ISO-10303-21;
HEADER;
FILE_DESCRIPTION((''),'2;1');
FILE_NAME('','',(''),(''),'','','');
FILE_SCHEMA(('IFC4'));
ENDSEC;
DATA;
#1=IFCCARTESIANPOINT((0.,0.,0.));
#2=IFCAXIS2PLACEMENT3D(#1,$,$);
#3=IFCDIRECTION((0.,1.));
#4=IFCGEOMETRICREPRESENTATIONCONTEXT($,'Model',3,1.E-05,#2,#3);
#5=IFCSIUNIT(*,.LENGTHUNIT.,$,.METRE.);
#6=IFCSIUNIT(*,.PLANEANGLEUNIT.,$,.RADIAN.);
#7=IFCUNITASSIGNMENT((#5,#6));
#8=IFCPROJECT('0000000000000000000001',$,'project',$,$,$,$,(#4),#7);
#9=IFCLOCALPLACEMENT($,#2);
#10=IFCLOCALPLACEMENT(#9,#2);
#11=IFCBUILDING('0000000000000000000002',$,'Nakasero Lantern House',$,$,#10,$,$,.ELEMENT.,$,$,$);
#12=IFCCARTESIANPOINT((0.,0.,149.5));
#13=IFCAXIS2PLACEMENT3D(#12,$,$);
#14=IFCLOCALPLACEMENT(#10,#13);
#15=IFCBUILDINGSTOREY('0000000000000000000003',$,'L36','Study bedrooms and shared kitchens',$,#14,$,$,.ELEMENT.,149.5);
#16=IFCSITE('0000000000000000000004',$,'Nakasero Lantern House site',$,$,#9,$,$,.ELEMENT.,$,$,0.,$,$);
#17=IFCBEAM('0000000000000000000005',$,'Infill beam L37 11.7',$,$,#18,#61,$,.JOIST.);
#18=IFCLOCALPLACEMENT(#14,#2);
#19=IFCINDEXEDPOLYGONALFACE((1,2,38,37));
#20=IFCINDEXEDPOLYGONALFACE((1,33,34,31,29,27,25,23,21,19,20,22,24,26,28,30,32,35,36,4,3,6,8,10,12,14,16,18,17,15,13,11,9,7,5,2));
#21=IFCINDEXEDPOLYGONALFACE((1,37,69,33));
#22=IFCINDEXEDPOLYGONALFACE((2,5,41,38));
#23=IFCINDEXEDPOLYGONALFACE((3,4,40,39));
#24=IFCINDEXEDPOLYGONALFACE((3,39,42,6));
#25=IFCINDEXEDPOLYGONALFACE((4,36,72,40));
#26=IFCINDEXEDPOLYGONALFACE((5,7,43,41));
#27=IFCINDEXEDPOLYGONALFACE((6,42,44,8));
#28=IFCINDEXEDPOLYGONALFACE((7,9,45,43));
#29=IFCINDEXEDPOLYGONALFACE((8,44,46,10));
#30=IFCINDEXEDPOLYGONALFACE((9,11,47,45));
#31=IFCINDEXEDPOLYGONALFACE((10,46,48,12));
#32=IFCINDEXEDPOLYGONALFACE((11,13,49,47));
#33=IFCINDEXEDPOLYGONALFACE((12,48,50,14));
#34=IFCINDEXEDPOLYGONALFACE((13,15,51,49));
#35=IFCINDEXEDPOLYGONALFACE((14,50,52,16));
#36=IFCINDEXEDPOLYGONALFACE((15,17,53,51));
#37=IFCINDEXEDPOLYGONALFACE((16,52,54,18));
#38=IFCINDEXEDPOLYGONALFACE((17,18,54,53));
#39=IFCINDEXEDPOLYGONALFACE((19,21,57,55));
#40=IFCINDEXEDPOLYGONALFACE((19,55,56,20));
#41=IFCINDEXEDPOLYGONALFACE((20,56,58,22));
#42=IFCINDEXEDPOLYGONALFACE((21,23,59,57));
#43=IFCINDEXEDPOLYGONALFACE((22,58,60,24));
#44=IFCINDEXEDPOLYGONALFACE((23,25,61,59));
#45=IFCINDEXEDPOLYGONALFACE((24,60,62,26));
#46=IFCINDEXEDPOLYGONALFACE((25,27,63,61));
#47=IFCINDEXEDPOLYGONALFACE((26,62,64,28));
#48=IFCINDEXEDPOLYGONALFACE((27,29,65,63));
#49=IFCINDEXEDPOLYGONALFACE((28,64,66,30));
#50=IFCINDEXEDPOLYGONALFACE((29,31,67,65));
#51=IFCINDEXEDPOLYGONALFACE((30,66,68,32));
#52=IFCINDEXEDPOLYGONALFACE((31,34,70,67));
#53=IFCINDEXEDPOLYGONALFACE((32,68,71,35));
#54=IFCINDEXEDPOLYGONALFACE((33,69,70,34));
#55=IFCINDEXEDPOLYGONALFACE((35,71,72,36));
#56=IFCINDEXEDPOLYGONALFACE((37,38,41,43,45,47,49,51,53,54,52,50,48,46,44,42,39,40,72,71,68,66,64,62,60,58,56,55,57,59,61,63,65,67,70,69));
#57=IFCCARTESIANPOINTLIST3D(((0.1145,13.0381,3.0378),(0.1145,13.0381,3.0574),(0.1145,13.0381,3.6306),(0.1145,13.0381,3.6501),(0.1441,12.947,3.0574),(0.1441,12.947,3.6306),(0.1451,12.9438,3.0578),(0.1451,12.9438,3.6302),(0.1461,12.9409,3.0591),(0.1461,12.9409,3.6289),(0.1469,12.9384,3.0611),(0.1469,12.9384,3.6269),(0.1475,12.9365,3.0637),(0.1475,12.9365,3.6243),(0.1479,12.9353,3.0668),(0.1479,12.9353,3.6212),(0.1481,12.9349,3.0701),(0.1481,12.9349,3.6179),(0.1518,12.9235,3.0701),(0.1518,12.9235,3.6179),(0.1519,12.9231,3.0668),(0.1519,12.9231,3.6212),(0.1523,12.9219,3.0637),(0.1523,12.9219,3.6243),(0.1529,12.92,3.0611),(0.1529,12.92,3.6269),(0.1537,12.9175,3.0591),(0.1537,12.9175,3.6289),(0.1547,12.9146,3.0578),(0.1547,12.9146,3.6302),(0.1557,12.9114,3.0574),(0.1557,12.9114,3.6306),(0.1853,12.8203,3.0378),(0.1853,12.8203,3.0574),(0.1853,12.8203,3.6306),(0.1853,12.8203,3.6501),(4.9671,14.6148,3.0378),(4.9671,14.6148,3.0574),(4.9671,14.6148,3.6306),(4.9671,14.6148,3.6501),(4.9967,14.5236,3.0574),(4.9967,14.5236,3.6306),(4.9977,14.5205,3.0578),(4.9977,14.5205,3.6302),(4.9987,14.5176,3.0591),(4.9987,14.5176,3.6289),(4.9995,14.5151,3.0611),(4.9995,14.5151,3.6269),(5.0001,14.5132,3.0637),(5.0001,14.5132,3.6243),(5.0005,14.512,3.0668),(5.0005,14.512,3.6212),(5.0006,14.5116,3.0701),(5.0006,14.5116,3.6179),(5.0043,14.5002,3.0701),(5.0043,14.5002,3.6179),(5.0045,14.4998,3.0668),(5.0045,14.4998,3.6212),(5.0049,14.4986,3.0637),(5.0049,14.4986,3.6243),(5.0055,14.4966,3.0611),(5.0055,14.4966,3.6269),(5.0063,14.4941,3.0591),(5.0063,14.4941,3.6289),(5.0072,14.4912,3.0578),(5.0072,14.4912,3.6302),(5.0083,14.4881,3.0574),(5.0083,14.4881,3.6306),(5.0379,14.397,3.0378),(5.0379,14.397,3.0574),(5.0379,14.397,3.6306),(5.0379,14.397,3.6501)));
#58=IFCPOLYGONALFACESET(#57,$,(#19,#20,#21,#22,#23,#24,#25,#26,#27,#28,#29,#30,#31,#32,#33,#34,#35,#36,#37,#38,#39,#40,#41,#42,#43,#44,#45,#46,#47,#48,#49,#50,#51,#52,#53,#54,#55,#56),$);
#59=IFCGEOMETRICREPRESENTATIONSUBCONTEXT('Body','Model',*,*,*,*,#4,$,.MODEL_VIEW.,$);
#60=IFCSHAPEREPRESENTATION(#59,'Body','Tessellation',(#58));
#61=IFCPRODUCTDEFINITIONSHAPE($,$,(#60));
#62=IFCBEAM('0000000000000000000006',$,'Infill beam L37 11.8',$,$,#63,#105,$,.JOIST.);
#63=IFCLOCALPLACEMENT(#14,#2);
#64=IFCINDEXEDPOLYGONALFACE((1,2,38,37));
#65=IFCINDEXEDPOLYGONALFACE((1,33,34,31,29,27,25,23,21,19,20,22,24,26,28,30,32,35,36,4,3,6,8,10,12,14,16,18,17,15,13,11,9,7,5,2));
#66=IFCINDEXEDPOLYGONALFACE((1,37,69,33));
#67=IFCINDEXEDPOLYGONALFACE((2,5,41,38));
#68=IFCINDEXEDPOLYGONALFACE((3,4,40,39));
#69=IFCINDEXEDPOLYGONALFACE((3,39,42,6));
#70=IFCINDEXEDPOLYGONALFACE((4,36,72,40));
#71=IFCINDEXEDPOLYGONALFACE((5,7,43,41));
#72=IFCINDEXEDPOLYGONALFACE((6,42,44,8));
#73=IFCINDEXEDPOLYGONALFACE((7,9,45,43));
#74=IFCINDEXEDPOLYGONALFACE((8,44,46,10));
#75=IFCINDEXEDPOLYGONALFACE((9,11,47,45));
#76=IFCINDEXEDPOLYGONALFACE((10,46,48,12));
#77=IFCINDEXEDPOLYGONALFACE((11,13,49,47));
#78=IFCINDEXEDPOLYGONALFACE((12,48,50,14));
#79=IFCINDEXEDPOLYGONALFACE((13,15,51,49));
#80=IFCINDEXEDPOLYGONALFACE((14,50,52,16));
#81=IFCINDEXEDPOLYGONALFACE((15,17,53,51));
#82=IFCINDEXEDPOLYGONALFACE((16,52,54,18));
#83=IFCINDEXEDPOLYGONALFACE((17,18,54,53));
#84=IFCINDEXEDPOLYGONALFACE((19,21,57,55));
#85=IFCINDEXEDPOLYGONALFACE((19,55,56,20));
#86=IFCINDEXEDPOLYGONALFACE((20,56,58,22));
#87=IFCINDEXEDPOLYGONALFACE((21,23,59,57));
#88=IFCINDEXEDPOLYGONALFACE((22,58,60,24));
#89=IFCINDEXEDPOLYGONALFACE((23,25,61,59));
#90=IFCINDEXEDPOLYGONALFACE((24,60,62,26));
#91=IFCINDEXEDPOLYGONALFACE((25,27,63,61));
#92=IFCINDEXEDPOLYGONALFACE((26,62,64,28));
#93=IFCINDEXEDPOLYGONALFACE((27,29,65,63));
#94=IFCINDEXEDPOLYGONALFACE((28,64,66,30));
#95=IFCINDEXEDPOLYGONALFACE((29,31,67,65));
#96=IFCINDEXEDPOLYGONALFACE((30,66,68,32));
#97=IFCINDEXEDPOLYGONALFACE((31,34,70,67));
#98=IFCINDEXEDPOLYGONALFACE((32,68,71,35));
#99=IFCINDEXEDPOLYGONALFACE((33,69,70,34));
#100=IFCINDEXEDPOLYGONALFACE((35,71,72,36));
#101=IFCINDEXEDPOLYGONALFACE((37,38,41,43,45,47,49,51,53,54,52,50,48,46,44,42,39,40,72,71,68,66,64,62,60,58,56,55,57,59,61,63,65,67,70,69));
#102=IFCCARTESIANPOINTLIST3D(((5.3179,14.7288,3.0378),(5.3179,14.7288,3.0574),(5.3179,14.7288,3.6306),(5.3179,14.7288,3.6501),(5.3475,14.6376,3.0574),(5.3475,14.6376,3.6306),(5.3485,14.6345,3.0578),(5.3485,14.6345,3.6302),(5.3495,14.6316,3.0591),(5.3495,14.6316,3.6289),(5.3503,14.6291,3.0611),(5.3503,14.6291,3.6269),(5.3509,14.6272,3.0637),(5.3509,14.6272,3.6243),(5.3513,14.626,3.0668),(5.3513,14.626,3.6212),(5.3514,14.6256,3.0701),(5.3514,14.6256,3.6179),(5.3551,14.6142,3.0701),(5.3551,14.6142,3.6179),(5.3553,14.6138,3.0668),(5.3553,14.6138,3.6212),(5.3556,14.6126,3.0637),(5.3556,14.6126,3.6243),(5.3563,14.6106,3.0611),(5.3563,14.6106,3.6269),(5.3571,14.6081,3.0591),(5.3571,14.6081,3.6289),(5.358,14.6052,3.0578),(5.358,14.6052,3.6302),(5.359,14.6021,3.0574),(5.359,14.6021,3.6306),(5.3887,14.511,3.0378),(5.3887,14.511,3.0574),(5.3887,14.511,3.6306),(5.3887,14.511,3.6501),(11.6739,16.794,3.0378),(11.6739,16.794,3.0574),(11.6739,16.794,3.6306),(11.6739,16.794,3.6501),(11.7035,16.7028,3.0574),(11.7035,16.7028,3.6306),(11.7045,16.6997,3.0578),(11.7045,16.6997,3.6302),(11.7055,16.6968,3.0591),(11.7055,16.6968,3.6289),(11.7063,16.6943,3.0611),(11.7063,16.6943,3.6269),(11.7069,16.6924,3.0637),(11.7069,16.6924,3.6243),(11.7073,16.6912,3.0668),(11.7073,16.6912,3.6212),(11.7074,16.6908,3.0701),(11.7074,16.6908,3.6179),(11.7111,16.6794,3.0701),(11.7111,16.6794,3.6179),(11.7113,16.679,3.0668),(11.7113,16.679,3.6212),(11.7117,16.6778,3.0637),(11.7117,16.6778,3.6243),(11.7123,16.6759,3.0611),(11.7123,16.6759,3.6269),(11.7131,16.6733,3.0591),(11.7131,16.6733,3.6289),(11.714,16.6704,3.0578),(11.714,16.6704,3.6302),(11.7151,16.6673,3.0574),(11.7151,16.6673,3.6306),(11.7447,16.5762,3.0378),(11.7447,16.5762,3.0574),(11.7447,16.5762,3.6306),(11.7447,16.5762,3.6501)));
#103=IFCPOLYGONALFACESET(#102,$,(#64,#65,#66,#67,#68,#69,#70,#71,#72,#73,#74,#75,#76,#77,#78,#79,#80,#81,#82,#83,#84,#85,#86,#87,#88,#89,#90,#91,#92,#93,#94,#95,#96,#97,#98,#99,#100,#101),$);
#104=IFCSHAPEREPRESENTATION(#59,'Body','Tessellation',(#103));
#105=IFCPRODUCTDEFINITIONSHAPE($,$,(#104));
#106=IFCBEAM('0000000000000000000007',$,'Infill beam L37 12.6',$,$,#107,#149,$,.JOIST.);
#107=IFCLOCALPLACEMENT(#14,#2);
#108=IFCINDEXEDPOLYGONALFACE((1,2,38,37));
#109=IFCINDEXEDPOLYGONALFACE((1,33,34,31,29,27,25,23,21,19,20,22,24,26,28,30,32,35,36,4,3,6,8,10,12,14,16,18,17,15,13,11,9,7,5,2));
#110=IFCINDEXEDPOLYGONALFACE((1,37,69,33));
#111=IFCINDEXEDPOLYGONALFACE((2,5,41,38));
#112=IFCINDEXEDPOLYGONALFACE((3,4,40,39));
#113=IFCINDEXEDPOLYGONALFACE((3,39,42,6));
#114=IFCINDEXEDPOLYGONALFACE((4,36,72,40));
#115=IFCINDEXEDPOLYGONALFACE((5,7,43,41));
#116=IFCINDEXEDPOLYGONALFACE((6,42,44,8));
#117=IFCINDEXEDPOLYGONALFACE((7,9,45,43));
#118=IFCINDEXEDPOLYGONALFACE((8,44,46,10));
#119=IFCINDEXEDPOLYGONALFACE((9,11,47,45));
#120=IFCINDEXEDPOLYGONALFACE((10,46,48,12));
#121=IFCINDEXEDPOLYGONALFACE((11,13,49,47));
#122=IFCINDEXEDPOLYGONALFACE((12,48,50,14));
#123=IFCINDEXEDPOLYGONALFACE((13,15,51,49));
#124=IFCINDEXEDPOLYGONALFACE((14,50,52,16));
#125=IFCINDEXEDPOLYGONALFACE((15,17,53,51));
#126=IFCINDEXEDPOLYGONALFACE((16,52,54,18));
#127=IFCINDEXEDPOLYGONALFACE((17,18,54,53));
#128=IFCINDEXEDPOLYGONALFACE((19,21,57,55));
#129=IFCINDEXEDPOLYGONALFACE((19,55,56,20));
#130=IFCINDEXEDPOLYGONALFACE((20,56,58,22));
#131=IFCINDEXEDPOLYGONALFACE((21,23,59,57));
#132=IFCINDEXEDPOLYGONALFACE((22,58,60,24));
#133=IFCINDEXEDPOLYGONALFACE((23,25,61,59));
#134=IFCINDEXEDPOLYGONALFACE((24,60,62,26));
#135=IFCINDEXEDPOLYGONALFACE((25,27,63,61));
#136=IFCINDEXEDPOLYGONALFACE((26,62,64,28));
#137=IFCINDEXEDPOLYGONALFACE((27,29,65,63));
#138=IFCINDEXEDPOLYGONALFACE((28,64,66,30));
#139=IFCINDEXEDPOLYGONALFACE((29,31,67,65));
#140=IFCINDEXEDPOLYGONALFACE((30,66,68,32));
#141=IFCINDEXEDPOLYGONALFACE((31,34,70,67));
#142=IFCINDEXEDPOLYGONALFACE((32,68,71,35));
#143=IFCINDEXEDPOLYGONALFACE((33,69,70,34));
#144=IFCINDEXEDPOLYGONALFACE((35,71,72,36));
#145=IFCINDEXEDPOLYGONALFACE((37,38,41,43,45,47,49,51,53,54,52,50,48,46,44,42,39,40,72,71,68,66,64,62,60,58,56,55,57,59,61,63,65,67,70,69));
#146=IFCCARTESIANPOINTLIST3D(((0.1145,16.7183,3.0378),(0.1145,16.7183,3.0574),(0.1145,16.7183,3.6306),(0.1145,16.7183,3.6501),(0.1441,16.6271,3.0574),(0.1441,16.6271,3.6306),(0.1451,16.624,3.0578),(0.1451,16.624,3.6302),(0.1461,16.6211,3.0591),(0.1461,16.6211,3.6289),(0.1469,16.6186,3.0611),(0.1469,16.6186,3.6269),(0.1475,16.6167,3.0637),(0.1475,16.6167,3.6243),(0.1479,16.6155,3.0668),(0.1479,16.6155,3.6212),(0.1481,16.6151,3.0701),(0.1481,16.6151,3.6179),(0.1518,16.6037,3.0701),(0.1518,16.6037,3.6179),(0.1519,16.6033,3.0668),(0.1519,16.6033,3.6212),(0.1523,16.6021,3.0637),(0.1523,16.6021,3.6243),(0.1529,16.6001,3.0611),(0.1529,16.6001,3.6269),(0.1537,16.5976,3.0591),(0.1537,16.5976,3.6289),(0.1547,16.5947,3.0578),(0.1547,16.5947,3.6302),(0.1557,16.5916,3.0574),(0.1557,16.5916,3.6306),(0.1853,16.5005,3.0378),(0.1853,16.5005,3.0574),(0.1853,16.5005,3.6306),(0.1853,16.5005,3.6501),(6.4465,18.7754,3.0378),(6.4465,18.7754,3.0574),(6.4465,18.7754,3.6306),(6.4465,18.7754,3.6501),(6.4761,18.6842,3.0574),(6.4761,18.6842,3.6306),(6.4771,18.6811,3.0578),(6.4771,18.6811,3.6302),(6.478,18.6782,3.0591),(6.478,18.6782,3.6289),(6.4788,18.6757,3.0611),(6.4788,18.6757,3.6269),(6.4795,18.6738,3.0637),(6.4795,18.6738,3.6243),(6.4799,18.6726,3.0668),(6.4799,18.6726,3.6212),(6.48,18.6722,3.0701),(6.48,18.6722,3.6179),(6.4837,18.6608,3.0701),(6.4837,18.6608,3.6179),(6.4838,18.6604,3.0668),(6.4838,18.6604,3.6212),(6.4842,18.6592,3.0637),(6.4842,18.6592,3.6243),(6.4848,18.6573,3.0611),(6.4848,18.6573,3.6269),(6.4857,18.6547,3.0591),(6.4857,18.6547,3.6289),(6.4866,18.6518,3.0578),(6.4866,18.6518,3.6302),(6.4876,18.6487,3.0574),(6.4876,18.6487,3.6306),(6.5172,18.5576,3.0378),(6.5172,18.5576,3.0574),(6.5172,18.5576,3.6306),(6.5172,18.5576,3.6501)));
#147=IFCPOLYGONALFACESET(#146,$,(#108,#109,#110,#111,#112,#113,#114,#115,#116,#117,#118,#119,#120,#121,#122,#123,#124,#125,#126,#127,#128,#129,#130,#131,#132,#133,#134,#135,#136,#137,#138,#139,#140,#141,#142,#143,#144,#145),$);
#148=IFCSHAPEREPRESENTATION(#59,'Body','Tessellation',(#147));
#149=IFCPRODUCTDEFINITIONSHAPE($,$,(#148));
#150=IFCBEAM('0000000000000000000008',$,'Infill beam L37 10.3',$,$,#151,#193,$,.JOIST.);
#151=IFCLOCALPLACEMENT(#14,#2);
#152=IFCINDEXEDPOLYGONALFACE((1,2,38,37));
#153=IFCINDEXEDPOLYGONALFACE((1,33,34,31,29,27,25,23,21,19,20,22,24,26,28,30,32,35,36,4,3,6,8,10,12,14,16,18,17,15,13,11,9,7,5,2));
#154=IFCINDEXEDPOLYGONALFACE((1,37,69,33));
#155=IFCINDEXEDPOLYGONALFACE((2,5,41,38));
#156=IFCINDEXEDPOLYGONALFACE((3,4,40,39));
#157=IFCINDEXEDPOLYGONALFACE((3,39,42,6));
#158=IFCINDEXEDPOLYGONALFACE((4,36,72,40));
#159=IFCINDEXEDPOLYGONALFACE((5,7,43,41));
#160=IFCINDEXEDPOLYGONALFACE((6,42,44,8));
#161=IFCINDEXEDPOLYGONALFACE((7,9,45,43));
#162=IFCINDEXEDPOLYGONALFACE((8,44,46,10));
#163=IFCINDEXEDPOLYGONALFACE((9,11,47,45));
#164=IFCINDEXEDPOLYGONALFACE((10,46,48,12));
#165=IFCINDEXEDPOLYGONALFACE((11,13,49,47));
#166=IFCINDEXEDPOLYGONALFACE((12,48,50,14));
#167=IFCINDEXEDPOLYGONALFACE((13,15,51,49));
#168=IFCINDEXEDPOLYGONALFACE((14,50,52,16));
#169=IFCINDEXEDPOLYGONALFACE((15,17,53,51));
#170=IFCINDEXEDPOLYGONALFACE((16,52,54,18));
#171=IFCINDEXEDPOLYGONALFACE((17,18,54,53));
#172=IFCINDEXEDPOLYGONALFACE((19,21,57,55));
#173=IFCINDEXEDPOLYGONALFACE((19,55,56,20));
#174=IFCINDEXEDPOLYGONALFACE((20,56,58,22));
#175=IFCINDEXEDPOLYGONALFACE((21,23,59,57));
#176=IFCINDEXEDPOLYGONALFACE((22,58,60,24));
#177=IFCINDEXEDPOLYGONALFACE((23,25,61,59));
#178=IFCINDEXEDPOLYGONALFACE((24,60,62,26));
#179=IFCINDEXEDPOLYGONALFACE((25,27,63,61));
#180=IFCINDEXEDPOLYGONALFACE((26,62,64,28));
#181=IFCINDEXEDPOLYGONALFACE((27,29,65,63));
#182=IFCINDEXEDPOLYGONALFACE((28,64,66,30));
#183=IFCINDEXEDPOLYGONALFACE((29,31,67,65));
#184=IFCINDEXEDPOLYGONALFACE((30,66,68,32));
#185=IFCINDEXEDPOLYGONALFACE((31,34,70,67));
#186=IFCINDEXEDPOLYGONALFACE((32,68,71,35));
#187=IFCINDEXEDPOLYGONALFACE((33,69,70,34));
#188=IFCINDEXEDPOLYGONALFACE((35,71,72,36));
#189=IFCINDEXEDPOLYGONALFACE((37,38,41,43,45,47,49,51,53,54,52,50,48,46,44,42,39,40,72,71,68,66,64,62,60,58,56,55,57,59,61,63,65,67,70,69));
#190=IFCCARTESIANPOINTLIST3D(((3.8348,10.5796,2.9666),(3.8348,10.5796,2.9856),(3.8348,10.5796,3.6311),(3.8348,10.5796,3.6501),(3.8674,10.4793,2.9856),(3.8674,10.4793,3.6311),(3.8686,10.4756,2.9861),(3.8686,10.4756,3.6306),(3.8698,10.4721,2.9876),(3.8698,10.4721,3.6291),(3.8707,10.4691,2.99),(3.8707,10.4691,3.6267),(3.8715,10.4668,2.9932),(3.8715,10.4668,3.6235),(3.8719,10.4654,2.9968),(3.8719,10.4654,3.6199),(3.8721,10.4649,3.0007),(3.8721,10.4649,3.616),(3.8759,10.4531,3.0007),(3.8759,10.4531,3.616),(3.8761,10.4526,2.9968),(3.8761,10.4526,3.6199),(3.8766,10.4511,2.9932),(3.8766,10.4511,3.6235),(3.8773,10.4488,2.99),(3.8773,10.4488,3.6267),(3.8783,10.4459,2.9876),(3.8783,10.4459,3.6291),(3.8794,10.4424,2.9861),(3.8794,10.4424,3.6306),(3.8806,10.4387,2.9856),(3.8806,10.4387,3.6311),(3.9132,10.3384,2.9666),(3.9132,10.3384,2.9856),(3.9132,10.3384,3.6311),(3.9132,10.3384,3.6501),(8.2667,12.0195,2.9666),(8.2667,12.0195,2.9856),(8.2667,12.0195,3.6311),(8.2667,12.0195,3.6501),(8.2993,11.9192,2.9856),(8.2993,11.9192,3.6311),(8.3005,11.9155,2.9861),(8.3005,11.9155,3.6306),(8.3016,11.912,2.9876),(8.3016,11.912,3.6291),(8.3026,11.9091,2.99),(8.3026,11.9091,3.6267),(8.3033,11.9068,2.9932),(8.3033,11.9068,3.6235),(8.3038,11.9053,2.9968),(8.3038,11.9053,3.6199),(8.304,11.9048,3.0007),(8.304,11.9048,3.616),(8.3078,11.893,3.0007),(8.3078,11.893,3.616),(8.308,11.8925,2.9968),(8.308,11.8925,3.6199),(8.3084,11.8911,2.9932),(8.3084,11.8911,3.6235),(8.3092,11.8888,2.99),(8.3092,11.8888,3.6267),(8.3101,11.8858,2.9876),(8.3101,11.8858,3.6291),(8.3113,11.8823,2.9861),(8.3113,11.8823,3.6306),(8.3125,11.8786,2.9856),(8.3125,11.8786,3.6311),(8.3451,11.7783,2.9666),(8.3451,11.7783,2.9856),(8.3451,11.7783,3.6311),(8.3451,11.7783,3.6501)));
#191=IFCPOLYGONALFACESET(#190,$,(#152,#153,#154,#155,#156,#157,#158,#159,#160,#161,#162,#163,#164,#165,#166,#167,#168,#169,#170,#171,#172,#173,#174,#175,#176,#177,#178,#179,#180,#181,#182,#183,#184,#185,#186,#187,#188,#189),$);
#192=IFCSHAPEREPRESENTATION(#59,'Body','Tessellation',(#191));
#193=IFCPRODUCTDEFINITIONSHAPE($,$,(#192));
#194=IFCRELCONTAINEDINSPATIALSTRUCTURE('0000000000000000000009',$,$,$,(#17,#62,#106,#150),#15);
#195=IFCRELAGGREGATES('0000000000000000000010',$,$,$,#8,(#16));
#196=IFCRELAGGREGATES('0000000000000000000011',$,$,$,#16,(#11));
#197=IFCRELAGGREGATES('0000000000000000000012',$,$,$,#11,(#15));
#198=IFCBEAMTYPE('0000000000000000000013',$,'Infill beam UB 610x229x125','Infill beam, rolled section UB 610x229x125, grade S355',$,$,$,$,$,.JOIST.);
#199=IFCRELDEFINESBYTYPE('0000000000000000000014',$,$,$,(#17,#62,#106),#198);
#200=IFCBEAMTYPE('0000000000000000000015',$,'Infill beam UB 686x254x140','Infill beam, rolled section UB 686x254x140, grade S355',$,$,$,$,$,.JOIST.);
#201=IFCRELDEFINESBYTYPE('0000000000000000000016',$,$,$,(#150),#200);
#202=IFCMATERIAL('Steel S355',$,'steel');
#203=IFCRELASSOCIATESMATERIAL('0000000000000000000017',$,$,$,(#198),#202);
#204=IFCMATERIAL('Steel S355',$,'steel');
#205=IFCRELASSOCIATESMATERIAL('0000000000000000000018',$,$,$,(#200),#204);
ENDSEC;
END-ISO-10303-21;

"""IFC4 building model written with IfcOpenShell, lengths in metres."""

from ifc_helpers import new_model, si_unit, direction, frame, origin, origin_2d, place, context, subcontext, project, spatial, i_section, extrude, material, material_profile, profile_set, type_object, element, save


model = new_model("IFC4")

# Units and contexts
model_context = context("Model", 3, precision=1e-05, world=origin(), true_north=direction((0.0, 1.0)))
body_context = subcontext(model_context, "Body", "Model", "MODEL_VIEW")
ifc_project = project(units=[si_unit("LENGTHUNIT", "METRE"), si_unit("PLANEANGLEUNIT", "RADIAN")], contexts=[model_context])

# Site, building, storey
site_placement = place(None, origin())
site = spatial("IfcSite", under=ifc_project, at=site_placement, Name="Nakasero Lantern House site", CompositionType="ELEMENT", RefElevation=0.0)
building_placement = place(site_placement, origin())
building = spatial("IfcBuilding", under=site, at=building_placement, Name="Nakasero Lantern House", CompositionType="ELEMENT")
storey_placement = place(building_placement, frame((0.0, 0.0, 149.5)))
storey = spatial("IfcBuildingStorey", under=building, at=storey_placement, Name="L36", Description="Study bedrooms and shared kitchens", CompositionType="ELEMENT", Elevation=149.5)

# Beams
ifc_material_1 = material(Name="Steel S355", Category="steel")
ifc_material_profile_1 = material_profile(ifc_material_1, i_section(OverallWidth=0.229, OverallDepth=0.6123, WebThickness=0.012, FlangeThickness=0.0195, FilletRadius=0.0127, at=origin_2d()), Name="UB 610x229x125")
ifc_profile_set_1 = profile_set([ifc_material_profile_1], Name="Steel S355")
beam_type_1 = type_object("IfcBeamType", Name="Infill beam UB 610x229x125", Description="Infill beam, rolled section UB 610x229x125, grade S355", PredefinedType="JOIST", material=ifc_profile_set_1)
beam_1_placement = place(storey_placement, frame((0.1499, 12.9292, 3.344), z_axis=(0.951058, 0.309012, 0.0), x_axis=(-0.309012, 0.951058, 0.0)))
element("IfcBeam", 1, at=beam_1_placement, inside=storey, type_object=beam_type_1, Name="Infill beam L37 11.7", PredefinedType="JOIST", context=body_context, shape_type="SweptSolid", body=[
    extrude(i_section(OverallWidth=0.229, OverallDepth=0.6123, WebThickness=0.012, FlangeThickness=0.0195, FilletRadius=0.0127, at=origin_2d()), origin(), (0.0, 0.0, 1.0), 5.1023),
])
beam_2_placement = place(storey_placement, frame((5.3533, 14.6199, 3.344), z_axis=(0.951056, 0.309018, 0.0), x_axis=(-0.309018, 0.951056, 0.0)))
element("IfcBeam", 2, at=beam_2_placement, inside=storey, type_object=beam_type_1, Name="Infill beam L37 11.8", PredefinedType="JOIST", context=body_context, shape_type="SweptSolid", body=[
    extrude(i_section(OverallWidth=0.229, OverallDepth=0.6123, WebThickness=0.012, FlangeThickness=0.0195, FilletRadius=0.0127, at=origin_2d()), origin(), (0.0, 0.0, 1.0), 6.6831),
])
beam_3_placement = place(storey_placement, frame((0.1499, 16.6094, 3.344), z_axis=(0.951069, 0.30898, 0.0), x_axis=(-0.30898, 0.951069, 0.0)))
element("IfcBeam", 3, at=beam_3_placement, inside=storey, type_object=beam_type_1, Name="Infill beam L37 12.6", PredefinedType="JOIST", context=body_context, shape_type="SweptSolid", body=[
    extrude(i_section(OverallWidth=0.229, OverallDepth=0.6123, WebThickness=0.012, FlangeThickness=0.0195, FilletRadius=0.0127, at=origin_2d()), origin(), (0.0, 0.0, 1.0), 6.6577),
])
ifc_material_2 = material(Name="Steel S355", Category="steel")
ifc_material_profile_2 = material_profile(ifc_material_2, i_section(OverallWidth=0.2537, OverallDepth=0.6836, WebThickness=0.0125, FlangeThickness=0.019, FilletRadius=0.0151, at=origin_2d()), Name="UB 686x254x140")
ifc_profile_set_2 = profile_set([ifc_material_profile_2], Name="Steel S355")
beam_type_2 = type_object("IfcBeamType", Name="Infill beam UB 686x254x140", Description="Infill beam, rolled section UB 686x254x140, grade S355", PredefinedType="JOIST", material=ifc_profile_set_2)
beam_4_placement = place(storey_placement, frame((3.874, 10.459, 3.3083), z_axis=(0.951061, 0.309004, 0.0), x_axis=(-0.309004, 0.951061, 0.0)))
element("IfcBeam", 4, at=beam_4_placement, inside=storey, type_object=beam_type_2, Name="Infill beam L37 10.3", PredefinedType="JOIST", context=body_context, shape_type="SweptSolid", body=[
    extrude(i_section(OverallWidth=0.2537, OverallDepth=0.6836, WebThickness=0.0125, FlangeThickness=0.019, FilletRadius=0.0151, at=origin_2d()), origin(), (0.0, 0.0, 1.0), 4.6599),
])

save(model, "model.ifc")
